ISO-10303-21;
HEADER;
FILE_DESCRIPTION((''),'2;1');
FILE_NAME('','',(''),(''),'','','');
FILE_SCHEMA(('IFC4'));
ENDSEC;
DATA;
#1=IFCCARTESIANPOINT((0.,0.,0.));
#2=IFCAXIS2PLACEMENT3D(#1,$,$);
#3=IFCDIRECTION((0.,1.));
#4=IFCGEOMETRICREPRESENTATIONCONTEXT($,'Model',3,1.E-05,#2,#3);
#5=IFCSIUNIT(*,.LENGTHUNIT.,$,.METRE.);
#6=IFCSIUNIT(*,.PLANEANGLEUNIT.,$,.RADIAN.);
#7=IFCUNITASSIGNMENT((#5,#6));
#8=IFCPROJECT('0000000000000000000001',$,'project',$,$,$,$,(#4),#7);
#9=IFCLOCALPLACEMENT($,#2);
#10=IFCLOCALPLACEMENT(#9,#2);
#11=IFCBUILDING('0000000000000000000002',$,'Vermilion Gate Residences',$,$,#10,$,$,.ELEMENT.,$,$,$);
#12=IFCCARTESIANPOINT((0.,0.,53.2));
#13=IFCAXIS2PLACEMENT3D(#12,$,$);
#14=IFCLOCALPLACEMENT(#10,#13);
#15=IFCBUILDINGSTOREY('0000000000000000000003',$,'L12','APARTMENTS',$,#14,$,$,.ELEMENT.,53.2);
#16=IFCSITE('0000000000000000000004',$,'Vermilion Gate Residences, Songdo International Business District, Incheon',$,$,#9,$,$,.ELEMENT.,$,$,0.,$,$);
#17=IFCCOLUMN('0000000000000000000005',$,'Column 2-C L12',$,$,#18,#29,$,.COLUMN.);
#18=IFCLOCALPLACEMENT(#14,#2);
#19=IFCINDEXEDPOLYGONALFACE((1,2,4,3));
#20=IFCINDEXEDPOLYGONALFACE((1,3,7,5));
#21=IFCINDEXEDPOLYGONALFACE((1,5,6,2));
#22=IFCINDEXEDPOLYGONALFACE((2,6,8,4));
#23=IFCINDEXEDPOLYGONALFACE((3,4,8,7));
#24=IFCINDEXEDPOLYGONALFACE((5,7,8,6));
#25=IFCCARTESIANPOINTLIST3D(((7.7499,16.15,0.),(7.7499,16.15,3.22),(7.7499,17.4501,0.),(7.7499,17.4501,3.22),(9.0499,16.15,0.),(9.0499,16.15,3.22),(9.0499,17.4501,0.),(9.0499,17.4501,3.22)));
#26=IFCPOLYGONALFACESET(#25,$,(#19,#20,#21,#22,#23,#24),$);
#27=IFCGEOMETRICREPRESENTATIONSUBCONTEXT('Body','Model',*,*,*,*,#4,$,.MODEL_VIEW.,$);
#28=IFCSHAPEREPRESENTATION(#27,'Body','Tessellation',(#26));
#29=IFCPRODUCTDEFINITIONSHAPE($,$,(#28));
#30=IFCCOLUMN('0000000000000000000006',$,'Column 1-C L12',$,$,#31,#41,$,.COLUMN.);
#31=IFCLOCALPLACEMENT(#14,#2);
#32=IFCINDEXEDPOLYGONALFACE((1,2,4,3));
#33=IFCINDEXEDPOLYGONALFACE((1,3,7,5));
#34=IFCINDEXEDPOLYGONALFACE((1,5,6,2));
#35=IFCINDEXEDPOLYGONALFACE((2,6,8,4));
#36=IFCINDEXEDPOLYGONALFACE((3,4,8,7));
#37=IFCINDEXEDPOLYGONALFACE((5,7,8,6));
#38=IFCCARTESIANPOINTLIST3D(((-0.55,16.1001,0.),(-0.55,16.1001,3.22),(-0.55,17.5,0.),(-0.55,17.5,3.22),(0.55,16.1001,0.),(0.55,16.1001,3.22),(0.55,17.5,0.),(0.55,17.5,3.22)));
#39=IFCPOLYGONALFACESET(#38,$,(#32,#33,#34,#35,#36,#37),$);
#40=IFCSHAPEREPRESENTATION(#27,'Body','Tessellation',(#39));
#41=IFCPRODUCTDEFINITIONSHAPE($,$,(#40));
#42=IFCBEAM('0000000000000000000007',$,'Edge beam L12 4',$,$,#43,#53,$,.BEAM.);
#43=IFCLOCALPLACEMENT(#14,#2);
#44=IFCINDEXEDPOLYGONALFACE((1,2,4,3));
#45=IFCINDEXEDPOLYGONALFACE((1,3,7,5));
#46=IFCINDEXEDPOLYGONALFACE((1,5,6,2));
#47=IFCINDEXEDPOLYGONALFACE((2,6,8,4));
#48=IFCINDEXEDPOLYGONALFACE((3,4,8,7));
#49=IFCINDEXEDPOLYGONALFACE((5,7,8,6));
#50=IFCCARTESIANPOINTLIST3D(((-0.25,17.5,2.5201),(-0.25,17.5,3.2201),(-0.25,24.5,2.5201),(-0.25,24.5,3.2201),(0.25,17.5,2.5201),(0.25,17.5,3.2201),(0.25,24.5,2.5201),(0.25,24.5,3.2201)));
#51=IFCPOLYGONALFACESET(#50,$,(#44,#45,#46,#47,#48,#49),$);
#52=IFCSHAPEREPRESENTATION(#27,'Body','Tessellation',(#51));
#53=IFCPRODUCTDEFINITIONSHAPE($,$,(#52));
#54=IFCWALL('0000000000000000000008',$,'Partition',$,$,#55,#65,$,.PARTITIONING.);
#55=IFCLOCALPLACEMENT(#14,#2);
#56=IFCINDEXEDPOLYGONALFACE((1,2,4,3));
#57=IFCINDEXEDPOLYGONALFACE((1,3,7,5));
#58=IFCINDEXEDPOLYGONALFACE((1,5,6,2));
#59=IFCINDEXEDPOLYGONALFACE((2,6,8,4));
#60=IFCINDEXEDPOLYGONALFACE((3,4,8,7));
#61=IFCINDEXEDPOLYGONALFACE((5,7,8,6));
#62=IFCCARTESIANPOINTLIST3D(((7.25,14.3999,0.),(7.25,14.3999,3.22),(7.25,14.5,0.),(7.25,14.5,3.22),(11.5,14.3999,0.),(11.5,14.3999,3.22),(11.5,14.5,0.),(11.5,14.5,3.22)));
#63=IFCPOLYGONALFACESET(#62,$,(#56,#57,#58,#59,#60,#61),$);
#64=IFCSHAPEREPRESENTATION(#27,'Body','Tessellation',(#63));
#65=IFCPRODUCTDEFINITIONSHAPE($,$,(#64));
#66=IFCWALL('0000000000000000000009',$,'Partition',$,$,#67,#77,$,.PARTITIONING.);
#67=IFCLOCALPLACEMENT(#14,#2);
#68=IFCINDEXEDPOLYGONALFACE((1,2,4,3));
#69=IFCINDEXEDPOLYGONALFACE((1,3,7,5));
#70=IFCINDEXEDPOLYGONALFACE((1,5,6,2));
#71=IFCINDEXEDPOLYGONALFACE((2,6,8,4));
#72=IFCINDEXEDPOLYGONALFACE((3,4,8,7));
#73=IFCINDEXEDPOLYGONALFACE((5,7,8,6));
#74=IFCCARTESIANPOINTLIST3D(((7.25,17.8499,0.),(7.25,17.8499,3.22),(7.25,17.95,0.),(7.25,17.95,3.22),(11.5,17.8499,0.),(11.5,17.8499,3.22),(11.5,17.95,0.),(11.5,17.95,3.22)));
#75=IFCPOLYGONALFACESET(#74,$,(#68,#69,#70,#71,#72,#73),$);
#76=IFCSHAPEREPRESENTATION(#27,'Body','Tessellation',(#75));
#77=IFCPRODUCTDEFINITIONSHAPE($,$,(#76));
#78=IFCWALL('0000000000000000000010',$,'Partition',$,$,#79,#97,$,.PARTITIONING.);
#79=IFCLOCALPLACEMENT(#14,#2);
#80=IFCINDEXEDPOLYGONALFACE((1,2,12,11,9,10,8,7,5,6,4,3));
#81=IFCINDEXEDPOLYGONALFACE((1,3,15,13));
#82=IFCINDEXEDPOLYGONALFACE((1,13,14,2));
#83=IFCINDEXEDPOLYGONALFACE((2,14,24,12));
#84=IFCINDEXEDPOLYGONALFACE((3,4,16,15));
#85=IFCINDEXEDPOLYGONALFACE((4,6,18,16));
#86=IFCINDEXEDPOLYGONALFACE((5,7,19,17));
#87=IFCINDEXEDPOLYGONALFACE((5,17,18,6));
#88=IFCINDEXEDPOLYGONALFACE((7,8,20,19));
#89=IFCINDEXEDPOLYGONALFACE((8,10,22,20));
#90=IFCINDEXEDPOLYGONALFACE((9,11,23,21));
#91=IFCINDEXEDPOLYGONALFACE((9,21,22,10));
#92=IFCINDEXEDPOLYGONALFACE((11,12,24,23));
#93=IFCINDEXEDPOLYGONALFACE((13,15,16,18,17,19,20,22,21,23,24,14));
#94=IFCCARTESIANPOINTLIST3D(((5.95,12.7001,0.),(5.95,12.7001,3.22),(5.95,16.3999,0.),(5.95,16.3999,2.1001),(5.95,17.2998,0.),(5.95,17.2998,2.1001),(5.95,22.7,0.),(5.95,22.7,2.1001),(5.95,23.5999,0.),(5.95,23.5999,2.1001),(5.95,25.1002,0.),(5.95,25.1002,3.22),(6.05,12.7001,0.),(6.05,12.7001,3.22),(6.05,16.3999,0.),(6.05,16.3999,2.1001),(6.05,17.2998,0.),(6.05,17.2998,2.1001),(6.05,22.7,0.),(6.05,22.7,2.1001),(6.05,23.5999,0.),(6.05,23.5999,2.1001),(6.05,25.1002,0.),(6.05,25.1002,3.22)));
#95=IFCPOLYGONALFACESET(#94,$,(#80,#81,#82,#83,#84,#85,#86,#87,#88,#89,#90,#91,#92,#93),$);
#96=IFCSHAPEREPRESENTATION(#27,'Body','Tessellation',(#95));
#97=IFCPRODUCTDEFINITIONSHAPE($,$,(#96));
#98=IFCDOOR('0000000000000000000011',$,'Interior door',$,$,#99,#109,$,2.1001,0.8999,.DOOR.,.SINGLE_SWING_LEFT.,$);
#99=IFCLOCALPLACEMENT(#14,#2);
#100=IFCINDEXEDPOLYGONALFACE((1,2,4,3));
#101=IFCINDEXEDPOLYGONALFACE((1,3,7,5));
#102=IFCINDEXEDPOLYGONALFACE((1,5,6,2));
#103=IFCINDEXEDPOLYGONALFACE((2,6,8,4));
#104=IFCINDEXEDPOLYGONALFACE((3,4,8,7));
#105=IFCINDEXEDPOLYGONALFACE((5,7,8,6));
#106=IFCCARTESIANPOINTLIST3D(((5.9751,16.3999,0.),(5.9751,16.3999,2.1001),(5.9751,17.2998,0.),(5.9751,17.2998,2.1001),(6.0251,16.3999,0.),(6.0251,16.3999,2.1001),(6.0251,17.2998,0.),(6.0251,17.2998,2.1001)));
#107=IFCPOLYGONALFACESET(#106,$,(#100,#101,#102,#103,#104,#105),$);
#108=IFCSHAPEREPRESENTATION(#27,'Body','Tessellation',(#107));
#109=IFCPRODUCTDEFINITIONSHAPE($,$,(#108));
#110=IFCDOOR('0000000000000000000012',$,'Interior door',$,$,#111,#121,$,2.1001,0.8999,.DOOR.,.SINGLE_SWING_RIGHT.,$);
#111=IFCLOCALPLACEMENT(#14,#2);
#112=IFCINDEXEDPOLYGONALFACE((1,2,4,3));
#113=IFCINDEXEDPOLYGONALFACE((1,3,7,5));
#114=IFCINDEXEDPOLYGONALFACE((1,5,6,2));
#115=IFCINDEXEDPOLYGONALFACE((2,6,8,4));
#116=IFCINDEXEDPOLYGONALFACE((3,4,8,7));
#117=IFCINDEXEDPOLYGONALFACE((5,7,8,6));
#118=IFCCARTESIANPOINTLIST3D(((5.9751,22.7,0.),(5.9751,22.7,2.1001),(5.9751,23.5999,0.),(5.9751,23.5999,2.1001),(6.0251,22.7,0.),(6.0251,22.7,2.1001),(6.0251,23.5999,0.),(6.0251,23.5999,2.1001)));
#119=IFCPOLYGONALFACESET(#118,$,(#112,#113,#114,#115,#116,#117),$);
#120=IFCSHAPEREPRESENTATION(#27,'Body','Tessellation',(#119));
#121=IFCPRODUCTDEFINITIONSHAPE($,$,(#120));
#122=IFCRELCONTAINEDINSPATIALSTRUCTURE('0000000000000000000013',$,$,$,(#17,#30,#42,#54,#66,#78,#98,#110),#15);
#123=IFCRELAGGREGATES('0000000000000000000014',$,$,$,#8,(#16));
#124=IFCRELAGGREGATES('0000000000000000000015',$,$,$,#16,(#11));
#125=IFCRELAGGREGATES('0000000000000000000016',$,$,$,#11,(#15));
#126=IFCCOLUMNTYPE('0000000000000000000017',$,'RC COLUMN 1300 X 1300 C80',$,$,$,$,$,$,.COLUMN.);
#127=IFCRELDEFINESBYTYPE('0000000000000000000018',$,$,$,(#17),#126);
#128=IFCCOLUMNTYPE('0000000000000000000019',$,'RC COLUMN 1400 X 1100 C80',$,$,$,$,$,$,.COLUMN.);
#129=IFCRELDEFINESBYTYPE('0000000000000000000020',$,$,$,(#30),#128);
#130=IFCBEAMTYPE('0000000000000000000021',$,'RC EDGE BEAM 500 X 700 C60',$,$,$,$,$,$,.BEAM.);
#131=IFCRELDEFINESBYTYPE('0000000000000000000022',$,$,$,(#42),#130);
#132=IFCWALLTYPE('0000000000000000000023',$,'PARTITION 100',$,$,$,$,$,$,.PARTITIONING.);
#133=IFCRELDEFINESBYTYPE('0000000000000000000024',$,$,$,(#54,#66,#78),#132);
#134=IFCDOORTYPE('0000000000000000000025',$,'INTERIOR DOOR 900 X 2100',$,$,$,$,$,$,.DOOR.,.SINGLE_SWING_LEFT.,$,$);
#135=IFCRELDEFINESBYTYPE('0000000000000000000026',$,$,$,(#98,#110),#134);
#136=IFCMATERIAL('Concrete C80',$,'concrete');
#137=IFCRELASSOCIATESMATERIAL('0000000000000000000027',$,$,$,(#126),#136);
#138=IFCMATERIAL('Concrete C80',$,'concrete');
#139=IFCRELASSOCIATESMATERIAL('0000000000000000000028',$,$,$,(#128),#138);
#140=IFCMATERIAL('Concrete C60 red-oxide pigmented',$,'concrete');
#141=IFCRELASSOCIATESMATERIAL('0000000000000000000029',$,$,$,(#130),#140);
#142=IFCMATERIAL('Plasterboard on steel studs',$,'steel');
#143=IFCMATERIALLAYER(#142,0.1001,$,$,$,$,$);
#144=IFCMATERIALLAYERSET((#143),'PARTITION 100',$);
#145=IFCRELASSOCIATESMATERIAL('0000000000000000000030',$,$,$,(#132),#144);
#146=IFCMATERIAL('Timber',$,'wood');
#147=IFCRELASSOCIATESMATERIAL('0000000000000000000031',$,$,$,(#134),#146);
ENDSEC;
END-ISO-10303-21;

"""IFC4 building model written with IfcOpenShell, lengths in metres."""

from ifc_helpers import new_model, si_unit, direction, frame, frame_2d, origin, origin_2d, place, context, subcontext, project, spatial, rectangle, extrude, material, layer, layer_set, material_profile, profile_set, type_object, element, fill, save


model = new_model("IFC4")

# Units and contexts
model_context = context("Model", 3, precision=1e-05, world=origin(), true_north=direction((0.0, 1.0)))
body_context = subcontext(model_context, "Body", "Model", "MODEL_VIEW")
ifc_project = project(units=[si_unit("LENGTHUNIT", "METRE"), si_unit("PLANEANGLEUNIT", "RADIAN")], contexts=[model_context])

# Site, building, storey
site_placement = place(None, origin())
site = spatial("IfcSite", under=ifc_project, at=site_placement, Name="Vermilion Gate Residences, Songdo International Business District, Incheon", CompositionType="ELEMENT", RefElevation=0.0)
building_placement = place(site_placement, origin())
building = spatial("IfcBuilding", under=site, at=building_placement, Name="Vermilion Gate Residences", CompositionType="ELEMENT")
storey_placement = place(building_placement, frame((0.0, 0.0, 53.2)))
storey = spatial("IfcBuildingStorey", under=building, at=storey_placement, Name="L12", Description="APARTMENTS", CompositionType="ELEMENT", Elevation=53.2)

# Columns
ifc_material_1 = material(Name="Concrete C80", Category="concrete")
ifc_material_profile_1 = material_profile(ifc_material_1, rectangle(XDim=1.3, YDim=1.3, at=origin_2d()), Name="RC-1300x1300")
ifc_profile_set_1 = profile_set([ifc_material_profile_1], Name="Concrete C80")
column_type_1 = type_object("IfcColumnType", Name="RC COLUMN 1300 X 1300 C80", PredefinedType="COLUMN", material=ifc_profile_set_1)
column_1_placement = place(storey_placement, frame((8.3999, 16.8, 0.0), z_axis=(0.0, 0.0, 1.0), x_axis=(1.0, 0.0, 0.0)))
element("IfcColumn", 1, at=column_1_placement, inside=storey, type_object=column_type_1, Name="Column 2-C L12", PredefinedType="COLUMN", context=body_context, shape_type="SweptSolid", body=[
    extrude(rectangle(XDim=1.3, YDim=1.3, at=origin_2d()), origin(), (0.0, 0.0, 1.0), 3.22),
])
ifc_material_2 = material(Name="Concrete C80", Category="concrete")
ifc_material_profile_2 = material_profile(ifc_material_2, rectangle(XDim=1.3999, YDim=1.1001, at=origin_2d()), Name="RC-1400x1100")
ifc_profile_set_2 = profile_set([ifc_material_profile_2], Name="Concrete C80")
column_type_2 = type_object("IfcColumnType", Name="RC COLUMN 1400 X 1100 C80", PredefinedType="COLUMN", material=ifc_profile_set_2)
column_2_placement = place(storey_placement, frame((0.0, 16.8, 0.0), z_axis=(0.0, 0.0, 1.0), x_axis=(0.0, 1.0, 0.0)))
element("IfcColumn", 2, at=column_2_placement, inside=storey, type_object=column_type_2, Name="Column 1-C L12", PredefinedType="COLUMN", context=body_context, shape_type="SweptSolid", body=[
    extrude(rectangle(XDim=1.3999, YDim=1.1001, at=origin_2d()), origin(), (0.0, 0.0, 1.0), 3.22),
])

# Beam
ifc_material_3 = material(Name="Concrete C60 red-oxide pigmented", Category="concrete")
ifc_material_profile_3 = material_profile(ifc_material_3, rectangle(XDim=0.5, YDim=0.7, at=origin_2d()), Name="RC-500x700")
ifc_profile_set_3 = profile_set([ifc_material_profile_3], Name="Concrete C60 red-oxide pigmented")
beam_type = type_object("IfcBeamType", Name="RC EDGE BEAM 500 X 700 C60", PredefinedType="BEAM", material=ifc_profile_set_3)
beam_placement = place(storey_placement, frame((0.0, 17.5, 2.8701), z_axis=(0.0, 1.0, 0.0), x_axis=(-1.0, 0.0, 0.0)))
element("IfcBeam", 3, at=beam_placement, inside=storey, type_object=beam_type, Name="Edge beam L12 4", PredefinedType="BEAM", context=body_context, shape_type="SweptSolid", body=[
    extrude(rectangle(XDim=0.5, YDim=0.7, at=origin_2d()), origin(), (0.0, 0.0, 1.0), 7.0),
])

# Walls
ifc_material_4 = material(Name="Plasterboard on steel studs", Category="steel")
ifc_layer_1 = layer(ifc_material_4, 0.1001)
ifc_layer_set_1 = layer_set([ifc_layer_1], Name="PARTITION 100")
wall_type_1 = type_object("IfcWallType", Name="PARTITION 100", PredefinedType="PARTITIONING", material=ifc_layer_set_1)
for number, where, z_axis, x_axis, name in (
    (4, (7.25, 14.45, 0.0), (0.0, 0.0, 1.0), (1.0, 0.0, 0.0), "Partition"),
    (5, (7.25, 17.8999, 0.0), (0.0, 0.0, 1.0), (1.0, 0.0, 0.0), "Partition"),
):
    element("IfcWall", number, at=place(storey_placement, frame(where, z_axis=z_axis, x_axis=x_axis)), inside=storey, type_object=wall_type_1, Name=name, PredefinedType="PARTITIONING", context=body_context, shape_type="SweptSolid", body=[
        extrude(rectangle(XDim=4.25, YDim=0.1001, at=frame_2d((2.125, 0.0))), origin(), (0.0, 0.0, 1.0), 3.22),
    ])

# Wall, openings, doors
wall_1_placement = place(storey_placement, frame((6.0, 12.7, 0.0), z_axis=(0.0, 0.0, 1.0), x_axis=(0.0, 1.0, 0.0)))
wall_1 = element("IfcWall", 6, at=wall_1_placement, inside=storey, type_object=wall_type_1, Name="Partition", PredefinedType="PARTITIONING", context=body_context, shape_type="SweptSolid", body=[
    extrude(rectangle(XDim=12.4001, YDim=0.1001, at=frame_2d((6.2002, 0.0))), origin(), (0.0, 0.0, 1.0), 3.22),
])
opening_1_placement = place(wall_1_placement, frame((3.7, 0.0, 0.0)))
opening_1 = element("IfcOpeningElement", 7, at=opening_1_placement, cuts=wall_1, PredefinedType="OPENING", context=body_context, shape_type="SweptSolid", body=[
    extrude(rectangle(XDim=0.8999, YDim=2.1001, at=frame_2d((0.45, 1.05))), frame((0.0, 0.0601, 0.0), z_axis=(0.0, -1.0, 0.0), x_axis=(1.0, 0.0, 0.0)), (0.0, 0.0, 1.0), 0.1201),
])
opening_2_placement = place(wall_1_placement, frame((10.0, 0.0, 0.0)))
opening_2 = element("IfcOpeningElement", 8, at=opening_2_placement, cuts=wall_1, PredefinedType="OPENING", context=body_context, shape_type="SweptSolid", body=[
    extrude(rectangle(XDim=0.8999, YDim=2.1001, at=frame_2d((0.45, 1.05))), frame((0.0, 0.0601, 0.0), z_axis=(0.0, -1.0, 0.0), x_axis=(1.0, 0.0, 0.0)), (0.0, 0.0, 1.0), 0.1201),
])
ifc_material_5 = material(Name="Timber", Category="wood")
door_type = type_object("IfcDoorType", Name="INTERIOR DOOR 900 X 2100", OperationType="SINGLE_SWING_LEFT", PredefinedType="DOOR", material=ifc_material_5)
door_1_placement = place(opening_1_placement, origin())
door_1 = element("IfcDoor", 9, at=door_1_placement, inside=storey, type_object=door_type, Name="Interior door", OperationType="SINGLE_SWING_LEFT", OverallHeight=2.1001, OverallWidth=0.8999, PredefinedType="DOOR", context=body_context, shape_type="SweptSolid", body=[
    extrude(rectangle(XDim=0.8999, YDim=2.1001, at=frame_2d((0.45, 1.05))), frame((0.0, 0.0249, 0.0), z_axis=(0.0, -1.0, 0.0), x_axis=(1.0, 0.0, 0.0)), (0.0, 0.0, 1.0), 0.05),
])
fill(opening_1, door_1)
door_2_placement = place(opening_2_placement, origin())
door_2 = element("IfcDoor", 10, at=door_2_placement, inside=storey, type_object=door_type, Name="Interior door", OperationType="SINGLE_SWING_RIGHT", OverallHeight=2.1001, OverallWidth=0.8999, PredefinedType="DOOR", context=body_context, shape_type="SweptSolid", body=[
    extrude(rectangle(XDim=0.8999, YDim=2.1001, at=frame_2d((0.45, 1.05))), frame((0.0, 0.0249, 0.0), z_axis=(0.0, -1.0, 0.0), x_axis=(1.0, 0.0, 0.0)), (0.0, 0.0, 1.0), 0.05),
])
fill(opening_2, door_2)

save(model, "model.ifc")
